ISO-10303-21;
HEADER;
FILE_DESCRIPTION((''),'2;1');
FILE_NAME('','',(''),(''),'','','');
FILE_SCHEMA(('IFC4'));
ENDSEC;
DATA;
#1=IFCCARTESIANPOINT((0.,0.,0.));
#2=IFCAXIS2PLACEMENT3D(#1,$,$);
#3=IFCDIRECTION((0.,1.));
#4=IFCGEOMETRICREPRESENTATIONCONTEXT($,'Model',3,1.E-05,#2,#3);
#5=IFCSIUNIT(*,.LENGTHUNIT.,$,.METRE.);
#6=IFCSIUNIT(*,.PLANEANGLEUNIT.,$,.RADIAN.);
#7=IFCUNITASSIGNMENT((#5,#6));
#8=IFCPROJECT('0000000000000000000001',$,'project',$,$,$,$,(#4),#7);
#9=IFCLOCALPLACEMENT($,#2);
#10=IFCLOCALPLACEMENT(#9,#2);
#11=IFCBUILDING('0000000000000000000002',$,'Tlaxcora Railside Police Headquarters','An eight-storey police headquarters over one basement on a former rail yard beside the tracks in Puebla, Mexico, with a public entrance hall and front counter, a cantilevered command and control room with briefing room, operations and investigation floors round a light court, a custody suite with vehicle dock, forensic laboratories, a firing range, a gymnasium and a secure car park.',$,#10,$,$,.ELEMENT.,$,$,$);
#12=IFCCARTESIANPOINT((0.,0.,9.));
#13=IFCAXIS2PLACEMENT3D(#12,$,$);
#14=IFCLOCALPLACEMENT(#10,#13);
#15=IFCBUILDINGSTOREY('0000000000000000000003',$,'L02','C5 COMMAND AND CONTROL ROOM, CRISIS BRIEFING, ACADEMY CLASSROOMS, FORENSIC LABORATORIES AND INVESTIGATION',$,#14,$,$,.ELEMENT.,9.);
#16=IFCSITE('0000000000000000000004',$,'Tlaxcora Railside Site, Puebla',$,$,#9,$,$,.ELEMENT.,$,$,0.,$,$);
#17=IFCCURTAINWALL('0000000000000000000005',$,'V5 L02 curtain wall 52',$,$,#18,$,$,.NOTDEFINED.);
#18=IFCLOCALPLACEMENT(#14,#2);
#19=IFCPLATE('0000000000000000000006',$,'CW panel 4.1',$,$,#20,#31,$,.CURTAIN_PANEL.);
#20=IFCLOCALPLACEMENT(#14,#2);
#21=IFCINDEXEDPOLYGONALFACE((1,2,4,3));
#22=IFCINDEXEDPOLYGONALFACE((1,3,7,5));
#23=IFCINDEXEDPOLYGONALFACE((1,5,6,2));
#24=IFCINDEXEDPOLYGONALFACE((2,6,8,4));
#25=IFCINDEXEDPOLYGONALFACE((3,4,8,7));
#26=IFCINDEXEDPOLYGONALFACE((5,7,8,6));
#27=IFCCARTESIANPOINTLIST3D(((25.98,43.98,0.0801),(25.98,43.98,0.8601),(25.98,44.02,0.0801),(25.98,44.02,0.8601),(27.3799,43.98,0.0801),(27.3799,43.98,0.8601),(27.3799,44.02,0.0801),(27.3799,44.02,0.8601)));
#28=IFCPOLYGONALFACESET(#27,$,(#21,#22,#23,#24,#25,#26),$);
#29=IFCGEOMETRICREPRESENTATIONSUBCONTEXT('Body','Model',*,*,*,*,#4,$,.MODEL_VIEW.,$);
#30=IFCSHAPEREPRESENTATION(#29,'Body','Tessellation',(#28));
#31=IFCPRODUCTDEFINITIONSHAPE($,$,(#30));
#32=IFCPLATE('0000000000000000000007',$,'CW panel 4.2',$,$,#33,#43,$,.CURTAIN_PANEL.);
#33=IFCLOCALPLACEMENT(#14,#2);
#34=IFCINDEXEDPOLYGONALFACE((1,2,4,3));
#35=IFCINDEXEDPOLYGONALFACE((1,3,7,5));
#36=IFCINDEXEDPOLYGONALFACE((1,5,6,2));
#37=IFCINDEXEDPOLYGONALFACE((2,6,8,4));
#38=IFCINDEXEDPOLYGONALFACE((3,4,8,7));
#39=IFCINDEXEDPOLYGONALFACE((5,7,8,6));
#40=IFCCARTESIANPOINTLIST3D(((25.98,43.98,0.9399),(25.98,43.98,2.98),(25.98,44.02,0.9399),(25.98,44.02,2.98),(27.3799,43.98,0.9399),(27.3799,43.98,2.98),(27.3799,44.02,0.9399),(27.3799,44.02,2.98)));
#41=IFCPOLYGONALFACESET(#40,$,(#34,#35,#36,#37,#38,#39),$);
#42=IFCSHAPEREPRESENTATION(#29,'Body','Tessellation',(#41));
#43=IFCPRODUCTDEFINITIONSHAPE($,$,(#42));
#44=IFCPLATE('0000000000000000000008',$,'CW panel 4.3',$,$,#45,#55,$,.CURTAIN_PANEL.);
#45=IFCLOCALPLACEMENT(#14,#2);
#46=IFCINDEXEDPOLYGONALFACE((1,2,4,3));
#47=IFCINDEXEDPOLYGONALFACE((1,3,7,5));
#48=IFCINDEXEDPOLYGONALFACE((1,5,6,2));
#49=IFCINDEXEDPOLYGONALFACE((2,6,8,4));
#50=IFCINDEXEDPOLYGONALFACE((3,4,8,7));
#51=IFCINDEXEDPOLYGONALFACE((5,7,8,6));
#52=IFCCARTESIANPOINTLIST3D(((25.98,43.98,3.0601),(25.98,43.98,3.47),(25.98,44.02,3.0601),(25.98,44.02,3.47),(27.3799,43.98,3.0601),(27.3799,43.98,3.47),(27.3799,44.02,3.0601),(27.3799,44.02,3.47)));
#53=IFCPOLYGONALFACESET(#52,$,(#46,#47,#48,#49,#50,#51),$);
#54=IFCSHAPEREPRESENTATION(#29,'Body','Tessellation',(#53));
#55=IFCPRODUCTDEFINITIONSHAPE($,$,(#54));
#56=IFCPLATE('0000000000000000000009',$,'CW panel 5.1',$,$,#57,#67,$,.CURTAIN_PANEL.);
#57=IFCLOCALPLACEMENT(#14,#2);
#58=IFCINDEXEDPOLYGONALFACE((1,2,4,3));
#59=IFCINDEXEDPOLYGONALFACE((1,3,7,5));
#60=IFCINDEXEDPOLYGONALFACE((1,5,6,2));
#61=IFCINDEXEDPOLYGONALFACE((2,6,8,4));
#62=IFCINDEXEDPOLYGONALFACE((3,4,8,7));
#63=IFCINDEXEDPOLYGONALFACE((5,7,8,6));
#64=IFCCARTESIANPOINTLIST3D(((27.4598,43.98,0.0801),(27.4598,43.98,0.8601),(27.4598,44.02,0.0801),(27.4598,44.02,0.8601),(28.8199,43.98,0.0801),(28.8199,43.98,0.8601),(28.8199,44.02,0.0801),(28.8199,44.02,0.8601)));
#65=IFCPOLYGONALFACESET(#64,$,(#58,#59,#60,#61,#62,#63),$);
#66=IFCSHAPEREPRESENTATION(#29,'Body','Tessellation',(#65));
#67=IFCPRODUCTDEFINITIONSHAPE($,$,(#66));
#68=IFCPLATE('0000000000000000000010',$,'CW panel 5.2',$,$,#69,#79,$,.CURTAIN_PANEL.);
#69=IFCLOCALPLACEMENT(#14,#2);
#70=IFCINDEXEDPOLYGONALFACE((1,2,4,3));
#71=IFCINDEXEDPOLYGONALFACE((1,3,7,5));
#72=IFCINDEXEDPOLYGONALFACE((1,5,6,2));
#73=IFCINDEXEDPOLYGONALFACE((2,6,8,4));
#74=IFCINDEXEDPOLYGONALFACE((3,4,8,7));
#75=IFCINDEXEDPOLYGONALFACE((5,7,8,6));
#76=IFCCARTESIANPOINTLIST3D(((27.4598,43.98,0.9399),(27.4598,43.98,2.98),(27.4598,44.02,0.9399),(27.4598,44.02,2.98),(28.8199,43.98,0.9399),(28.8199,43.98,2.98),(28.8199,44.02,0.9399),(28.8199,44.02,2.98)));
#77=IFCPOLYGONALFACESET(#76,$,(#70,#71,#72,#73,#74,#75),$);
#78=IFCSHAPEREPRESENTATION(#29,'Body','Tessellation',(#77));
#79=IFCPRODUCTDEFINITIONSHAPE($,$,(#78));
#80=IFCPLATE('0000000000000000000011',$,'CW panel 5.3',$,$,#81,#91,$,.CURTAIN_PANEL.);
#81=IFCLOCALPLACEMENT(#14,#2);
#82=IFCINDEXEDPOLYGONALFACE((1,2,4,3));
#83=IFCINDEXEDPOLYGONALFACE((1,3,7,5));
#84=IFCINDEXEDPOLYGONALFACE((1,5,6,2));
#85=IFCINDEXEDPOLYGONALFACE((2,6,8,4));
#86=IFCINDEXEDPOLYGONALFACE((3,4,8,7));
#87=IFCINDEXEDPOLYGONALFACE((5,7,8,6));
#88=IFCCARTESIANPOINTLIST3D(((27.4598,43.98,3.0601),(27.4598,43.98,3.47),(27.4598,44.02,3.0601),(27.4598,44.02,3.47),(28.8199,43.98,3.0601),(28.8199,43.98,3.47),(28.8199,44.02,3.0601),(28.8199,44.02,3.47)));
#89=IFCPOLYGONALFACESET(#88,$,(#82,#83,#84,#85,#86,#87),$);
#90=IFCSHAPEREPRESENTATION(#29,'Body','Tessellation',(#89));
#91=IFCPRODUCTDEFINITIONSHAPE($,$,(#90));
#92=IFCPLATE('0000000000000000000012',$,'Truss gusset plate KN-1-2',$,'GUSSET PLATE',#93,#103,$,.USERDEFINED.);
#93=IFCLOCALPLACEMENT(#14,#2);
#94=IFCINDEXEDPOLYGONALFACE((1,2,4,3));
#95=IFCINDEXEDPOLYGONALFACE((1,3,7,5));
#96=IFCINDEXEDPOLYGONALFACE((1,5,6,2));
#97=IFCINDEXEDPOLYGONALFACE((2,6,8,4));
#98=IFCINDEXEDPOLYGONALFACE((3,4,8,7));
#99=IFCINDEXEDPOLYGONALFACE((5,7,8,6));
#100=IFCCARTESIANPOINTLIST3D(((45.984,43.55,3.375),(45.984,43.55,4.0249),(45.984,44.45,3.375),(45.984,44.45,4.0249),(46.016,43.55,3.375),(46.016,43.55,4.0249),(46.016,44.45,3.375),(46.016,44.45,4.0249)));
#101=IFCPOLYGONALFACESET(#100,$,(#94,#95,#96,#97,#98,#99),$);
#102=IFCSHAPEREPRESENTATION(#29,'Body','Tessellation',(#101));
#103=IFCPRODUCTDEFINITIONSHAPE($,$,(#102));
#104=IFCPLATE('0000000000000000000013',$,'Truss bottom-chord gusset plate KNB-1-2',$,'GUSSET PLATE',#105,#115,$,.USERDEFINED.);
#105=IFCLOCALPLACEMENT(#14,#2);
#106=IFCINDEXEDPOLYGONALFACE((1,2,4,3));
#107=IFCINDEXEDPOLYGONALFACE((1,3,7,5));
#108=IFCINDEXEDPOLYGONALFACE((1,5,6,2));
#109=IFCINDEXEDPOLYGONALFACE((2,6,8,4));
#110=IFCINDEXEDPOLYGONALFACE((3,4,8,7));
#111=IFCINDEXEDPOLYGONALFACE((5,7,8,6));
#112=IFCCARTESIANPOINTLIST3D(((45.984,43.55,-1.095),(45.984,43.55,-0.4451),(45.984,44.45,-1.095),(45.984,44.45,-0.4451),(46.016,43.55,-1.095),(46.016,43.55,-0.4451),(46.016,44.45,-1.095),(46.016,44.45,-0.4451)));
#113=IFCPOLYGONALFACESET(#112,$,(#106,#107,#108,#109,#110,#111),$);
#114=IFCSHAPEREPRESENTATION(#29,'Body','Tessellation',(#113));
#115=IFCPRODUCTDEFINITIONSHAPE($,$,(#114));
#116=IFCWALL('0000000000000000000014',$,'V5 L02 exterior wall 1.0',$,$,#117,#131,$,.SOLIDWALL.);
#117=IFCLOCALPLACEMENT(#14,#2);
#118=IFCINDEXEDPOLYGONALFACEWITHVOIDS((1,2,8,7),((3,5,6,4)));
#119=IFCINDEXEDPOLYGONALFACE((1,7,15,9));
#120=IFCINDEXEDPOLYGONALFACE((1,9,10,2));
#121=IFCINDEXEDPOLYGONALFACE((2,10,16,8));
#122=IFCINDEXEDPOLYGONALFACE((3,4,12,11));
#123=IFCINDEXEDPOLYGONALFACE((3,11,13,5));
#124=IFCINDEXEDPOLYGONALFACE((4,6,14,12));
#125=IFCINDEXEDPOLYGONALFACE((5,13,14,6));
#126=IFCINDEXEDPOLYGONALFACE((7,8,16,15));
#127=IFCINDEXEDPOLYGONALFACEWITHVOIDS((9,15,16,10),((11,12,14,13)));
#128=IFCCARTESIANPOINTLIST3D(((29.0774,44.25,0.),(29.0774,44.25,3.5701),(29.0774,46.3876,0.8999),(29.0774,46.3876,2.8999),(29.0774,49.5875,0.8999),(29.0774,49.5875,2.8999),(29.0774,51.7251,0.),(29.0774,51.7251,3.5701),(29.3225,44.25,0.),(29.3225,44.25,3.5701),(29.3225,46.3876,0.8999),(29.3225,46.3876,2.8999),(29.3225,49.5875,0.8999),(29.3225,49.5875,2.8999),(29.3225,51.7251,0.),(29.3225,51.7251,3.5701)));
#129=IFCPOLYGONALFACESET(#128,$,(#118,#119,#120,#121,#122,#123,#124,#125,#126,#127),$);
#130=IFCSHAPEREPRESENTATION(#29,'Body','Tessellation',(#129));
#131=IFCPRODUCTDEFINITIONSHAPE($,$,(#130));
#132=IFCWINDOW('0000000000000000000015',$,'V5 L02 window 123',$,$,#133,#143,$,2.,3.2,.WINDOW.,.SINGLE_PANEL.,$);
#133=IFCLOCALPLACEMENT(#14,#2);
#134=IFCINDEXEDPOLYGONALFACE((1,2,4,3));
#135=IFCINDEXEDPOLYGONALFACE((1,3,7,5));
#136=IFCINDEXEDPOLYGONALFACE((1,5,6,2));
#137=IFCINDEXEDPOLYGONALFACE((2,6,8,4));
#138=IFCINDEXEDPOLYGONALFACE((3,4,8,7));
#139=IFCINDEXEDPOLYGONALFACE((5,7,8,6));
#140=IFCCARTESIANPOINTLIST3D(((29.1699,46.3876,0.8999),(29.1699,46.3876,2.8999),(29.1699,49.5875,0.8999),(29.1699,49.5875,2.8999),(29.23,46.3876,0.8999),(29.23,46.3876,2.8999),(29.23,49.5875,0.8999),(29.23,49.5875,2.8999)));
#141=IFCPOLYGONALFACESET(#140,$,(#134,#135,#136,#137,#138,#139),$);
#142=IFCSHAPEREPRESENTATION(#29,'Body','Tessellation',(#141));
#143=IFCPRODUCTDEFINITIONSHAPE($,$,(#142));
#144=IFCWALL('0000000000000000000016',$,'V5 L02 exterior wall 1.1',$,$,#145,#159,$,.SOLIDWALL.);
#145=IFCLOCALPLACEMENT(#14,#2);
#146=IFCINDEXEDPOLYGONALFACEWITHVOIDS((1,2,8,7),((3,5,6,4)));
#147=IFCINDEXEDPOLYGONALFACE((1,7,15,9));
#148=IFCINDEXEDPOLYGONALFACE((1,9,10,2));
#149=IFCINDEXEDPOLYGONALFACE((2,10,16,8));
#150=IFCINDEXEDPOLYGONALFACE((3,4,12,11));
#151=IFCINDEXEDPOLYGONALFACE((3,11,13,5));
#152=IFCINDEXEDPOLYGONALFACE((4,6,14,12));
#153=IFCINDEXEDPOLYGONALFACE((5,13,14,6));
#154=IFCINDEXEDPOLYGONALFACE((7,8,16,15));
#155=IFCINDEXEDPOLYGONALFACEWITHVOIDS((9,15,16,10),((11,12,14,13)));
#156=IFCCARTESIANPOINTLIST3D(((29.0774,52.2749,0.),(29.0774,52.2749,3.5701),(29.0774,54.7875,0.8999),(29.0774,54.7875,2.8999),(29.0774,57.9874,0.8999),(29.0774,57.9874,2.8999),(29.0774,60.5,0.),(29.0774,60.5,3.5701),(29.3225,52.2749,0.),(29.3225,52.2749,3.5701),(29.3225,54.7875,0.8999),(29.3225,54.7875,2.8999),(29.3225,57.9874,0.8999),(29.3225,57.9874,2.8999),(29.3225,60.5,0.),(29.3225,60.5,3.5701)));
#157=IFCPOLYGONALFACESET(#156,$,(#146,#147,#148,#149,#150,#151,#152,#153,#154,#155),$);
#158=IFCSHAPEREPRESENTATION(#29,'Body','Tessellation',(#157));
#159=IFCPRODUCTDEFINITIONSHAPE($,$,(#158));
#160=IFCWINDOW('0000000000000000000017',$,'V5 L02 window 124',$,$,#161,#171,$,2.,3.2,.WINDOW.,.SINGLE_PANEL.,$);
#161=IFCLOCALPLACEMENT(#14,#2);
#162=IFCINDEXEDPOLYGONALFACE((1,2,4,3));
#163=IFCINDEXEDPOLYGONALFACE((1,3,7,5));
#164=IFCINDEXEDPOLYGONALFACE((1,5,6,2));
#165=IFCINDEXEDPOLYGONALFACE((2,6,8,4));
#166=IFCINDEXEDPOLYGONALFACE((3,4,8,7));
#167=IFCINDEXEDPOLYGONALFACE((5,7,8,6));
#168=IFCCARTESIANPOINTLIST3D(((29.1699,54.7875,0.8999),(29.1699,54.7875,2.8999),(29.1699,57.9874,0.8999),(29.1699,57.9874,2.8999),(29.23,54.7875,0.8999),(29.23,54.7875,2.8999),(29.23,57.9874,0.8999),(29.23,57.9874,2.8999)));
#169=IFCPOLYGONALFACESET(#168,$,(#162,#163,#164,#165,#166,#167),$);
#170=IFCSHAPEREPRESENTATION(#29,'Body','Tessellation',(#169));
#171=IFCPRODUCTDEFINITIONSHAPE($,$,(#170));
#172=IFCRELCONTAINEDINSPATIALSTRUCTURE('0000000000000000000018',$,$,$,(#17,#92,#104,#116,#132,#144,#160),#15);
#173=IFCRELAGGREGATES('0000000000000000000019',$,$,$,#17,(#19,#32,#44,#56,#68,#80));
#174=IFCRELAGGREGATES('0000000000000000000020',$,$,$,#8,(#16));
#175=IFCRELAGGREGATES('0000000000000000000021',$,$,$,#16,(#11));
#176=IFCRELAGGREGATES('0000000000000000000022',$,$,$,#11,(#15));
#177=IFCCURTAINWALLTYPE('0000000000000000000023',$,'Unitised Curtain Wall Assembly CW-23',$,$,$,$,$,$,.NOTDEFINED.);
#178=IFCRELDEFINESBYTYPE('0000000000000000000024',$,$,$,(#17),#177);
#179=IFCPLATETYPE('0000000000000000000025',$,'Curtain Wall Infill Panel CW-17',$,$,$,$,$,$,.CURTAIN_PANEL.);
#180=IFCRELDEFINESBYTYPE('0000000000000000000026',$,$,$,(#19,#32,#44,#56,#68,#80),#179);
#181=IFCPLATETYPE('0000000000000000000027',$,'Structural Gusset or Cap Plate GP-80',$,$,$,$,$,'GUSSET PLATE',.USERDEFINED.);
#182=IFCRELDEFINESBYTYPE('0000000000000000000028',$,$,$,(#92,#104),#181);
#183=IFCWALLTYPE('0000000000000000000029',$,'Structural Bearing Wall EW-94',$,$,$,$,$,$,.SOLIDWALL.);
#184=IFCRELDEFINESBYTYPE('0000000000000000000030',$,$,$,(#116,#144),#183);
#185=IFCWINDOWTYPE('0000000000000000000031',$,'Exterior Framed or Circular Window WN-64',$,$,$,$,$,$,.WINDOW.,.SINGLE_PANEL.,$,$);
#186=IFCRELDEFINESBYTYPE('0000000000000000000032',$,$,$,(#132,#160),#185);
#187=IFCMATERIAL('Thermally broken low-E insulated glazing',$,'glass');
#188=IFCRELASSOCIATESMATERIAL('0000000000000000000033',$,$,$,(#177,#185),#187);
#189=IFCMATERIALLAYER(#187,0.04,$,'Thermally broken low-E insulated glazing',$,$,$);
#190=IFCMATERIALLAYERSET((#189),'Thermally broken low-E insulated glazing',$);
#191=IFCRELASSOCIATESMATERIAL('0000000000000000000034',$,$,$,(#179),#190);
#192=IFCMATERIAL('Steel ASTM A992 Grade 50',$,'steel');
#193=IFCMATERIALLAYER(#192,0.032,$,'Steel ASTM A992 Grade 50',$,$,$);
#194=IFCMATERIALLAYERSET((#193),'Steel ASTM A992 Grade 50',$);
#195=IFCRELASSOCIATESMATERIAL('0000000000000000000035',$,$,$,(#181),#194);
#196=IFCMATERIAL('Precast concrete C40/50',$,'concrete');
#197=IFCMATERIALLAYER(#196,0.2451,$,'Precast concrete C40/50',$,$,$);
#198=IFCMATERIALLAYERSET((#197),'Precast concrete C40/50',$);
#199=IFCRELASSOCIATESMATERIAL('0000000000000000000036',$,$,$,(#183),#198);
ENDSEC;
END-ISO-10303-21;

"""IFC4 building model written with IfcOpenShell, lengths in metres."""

from ifc_helpers import new_model, si_unit, direction, frame, frame_2d, origin, origin_2d, place, context, subcontext, project, spatial, rectangle, extrude, material, layer, layer_set, type_object, element, fill, aggregate, save


model = new_model("IFC4")

# Units and contexts
model_context = context("Model", 3, precision=1e-05, world=origin(), true_north=direction((0.0, 1.0)))
body_context = subcontext(model_context, "Body", "Model", "MODEL_VIEW")
ifc_project = project(units=[si_unit("LENGTHUNIT", "METRE"), si_unit("PLANEANGLEUNIT", "RADIAN")], contexts=[model_context])

# Site, building, storey
site_placement = place(None, origin())
site = spatial("IfcSite", under=ifc_project, at=site_placement, Name="Tlaxcora Railside Site, Puebla", CompositionType="ELEMENT", RefElevation=0.0)
building_placement = place(site_placement, origin())
building = spatial("IfcBuilding", under=site, at=building_placement, Name="Tlaxcora Railside Police Headquarters", Description="An eight-storey police headquarters over one basement on a former rail yard beside the tracks in Puebla, Mexico, with a public entrance hall and front counter, a cantilevered command and control room with briefing room, operations and investigation floors round a light court, a custody suite with vehicle dock, forensic laboratories, a firing range, a gymnasium and a secure car park.", CompositionType="ELEMENT")
storey_placement = place(building_placement, frame((0.0, 0.0, 9.0)))
storey = spatial("IfcBuildingStorey", under=building, at=storey_placement, Name="L02", Description="C5 COMMAND AND CONTROL ROOM, CRISIS BRIEFING, ACADEMY CLASSROOMS, FORENSIC LABORATORIES AND INVESTIGATION", CompositionType="ELEMENT", Elevation=9.0)

# Curtain wall
ifc_material_1 = material(Name="Thermally broken low-E insulated glazing", Category="glass")
curtain_wall_type = type_object("IfcCurtainWallType", Name="Unitised Curtain Wall Assembly CW-23", PredefinedType="NOTDEFINED", material=ifc_material_1)
curtain_wall_placement = place(storey_placement, origin())
curtain_wall = element("IfcCurtainWall", 1, at=curtain_wall_placement, inside=storey, type_object=curtain_wall_type, Name="V5 L02 curtain wall 52", PredefinedType="NOTDEFINED")

# Plates
ifc_layer_1 = layer(ifc_material_1, 0.04, Name="Thermally broken low-E insulated glazing")
ifc_layer_set_1 = layer_set([ifc_layer_1], Name="Thermally broken low-E insulated glazing")
plate_type_1 = type_object("IfcPlateType", Name="Curtain Wall Infill Panel CW-17", PredefinedType="CURTAIN_PANEL", material=ifc_layer_set_1)
plate_1_placement = place(storey_placement, frame((26.6799, 44.0, 0.0801), z_axis=(0.0, 0.0, 1.0), x_axis=(1.0, 0.0, 0.0)))
plate_1 = element("IfcPlate", 2, at=plate_1_placement, type_object=plate_type_1, Name="CW panel 4.1", PredefinedType="CURTAIN_PANEL", context=body_context, shape_type="SweptSolid", body=[
    extrude(rectangle(XDim=1.3999, YDim=0.04, at=origin_2d()), origin(), (0.0, 0.0, 1.0), 0.78),
])
plate_2_placement = place(storey_placement, frame((26.6799, 44.0, 0.9399), z_axis=(0.0, 0.0, 1.0), x_axis=(1.0, 0.0, 0.0)))
plate_2 = element("IfcPlate", 3, at=plate_2_placement, type_object=plate_type_1, Name="CW panel 4.2", PredefinedType="CURTAIN_PANEL", context=body_context, shape_type="SweptSolid", body=[
    extrude(rectangle(XDim=1.3999, YDim=0.04, at=origin_2d()), origin(), (0.0, 0.0, 1.0), 2.04),
])
plate_3_placement = place(storey_placement, frame((26.6799, 44.0, 3.0601), z_axis=(0.0, 0.0, 1.0), x_axis=(1.0, 0.0, 0.0)))
plate_3 = element("IfcPlate", 4, at=plate_3_placement, type_object=plate_type_1, Name="CW panel 4.3", PredefinedType="CURTAIN_PANEL", context=body_context, shape_type="SweptSolid", body=[
    extrude(rectangle(XDim=1.3999, YDim=0.04, at=origin_2d()), origin(), (0.0, 0.0, 1.0), 0.4099),
])
plate_4_placement = place(storey_placement, frame((28.1399, 44.0, 0.0801), z_axis=(0.0, 0.0, 1.0), x_axis=(1.0, 0.0, 0.0)))
plate_4 = element("IfcPlate", 5, at=plate_4_placement, type_object=plate_type_1, Name="CW panel 5.1", PredefinedType="CURTAIN_PANEL", context=body_context, shape_type="SweptSolid", body=[
    extrude(rectangle(XDim=1.3601, YDim=0.04, at=origin_2d()), origin(), (0.0, 0.0, 1.0), 0.78),
])
plate_5_placement = place(storey_placement, frame((28.1399, 44.0, 0.9399), z_axis=(0.0, 0.0, 1.0), x_axis=(1.0, 0.0, 0.0)))
plate_5 = element("IfcPlate", 6, at=plate_5_placement, type_object=plate_type_1, Name="CW panel 5.2", PredefinedType="CURTAIN_PANEL", context=body_context, shape_type="SweptSolid", body=[
    extrude(rectangle(XDim=1.3601, YDim=0.04, at=origin_2d()), origin(), (0.0, 0.0, 1.0), 2.04),
])
plate_6_placement = place(storey_placement, frame((28.1399, 44.0, 3.0601), z_axis=(0.0, 0.0, 1.0), x_axis=(1.0, 0.0, 0.0)))
plate_6 = element("IfcPlate", 7, at=plate_6_placement, type_object=plate_type_1, Name="CW panel 5.3", PredefinedType="CURTAIN_PANEL", context=body_context, shape_type="SweptSolid", body=[
    extrude(rectangle(XDim=1.3601, YDim=0.04, at=origin_2d()), origin(), (0.0, 0.0, 1.0), 0.4099),
])
aggregate(curtain_wall, [plate_1, plate_2, plate_3, plate_4, plate_5, plate_6])

# Plates
ifc_material_2 = material(Name="Steel ASTM A992 Grade 50", Category="steel")
ifc_layer_2 = layer(ifc_material_2, 0.032, Name="Steel ASTM A992 Grade 50")
ifc_layer_set_2 = layer_set([ifc_layer_2], Name="Steel ASTM A992 Grade 50")
plate_type_2 = type_object("IfcPlateType", Name="Structural Gusset or Cap Plate GP-80", ElementType="GUSSET PLATE", PredefinedType="USERDEFINED", material=ifc_layer_set_2)
for number, where, z_axis, x_axis, name in (
    (8, (46.0, 44.0, 3.375), (0.0, 0.0, 1.0), (0.0, 1.0, 0.0), "Truss gusset plate KN-1-2"),
    (9, (46.0, 44.0, -1.095), (0.0, 0.0, 1.0), (0.0, 1.0, 0.0), "Truss bottom-chord gusset plate KNB-1-2"),
):
    element("IfcPlate", number, at=place(storey_placement, frame(where, z_axis=z_axis, x_axis=x_axis)), inside=storey, type_object=plate_type_2, Name=name, ObjectType="GUSSET PLATE", PredefinedType="USERDEFINED", context=body_context, shape_type="SweptSolid", body=[
        extrude(rectangle(XDim=0.8999, YDim=0.032, at=origin_2d()), origin(), (0.0, 0.0, 1.0), 0.6499),
    ])

# Walls, openings, windows
ifc_material_3 = material(Name="Precast concrete C40/50", Category="concrete")
ifc_layer_3 = layer(ifc_material_3, 0.2451, Name="Precast concrete C40/50")
ifc_layer_set_3 = layer_set([ifc_layer_3], Name="Precast concrete C40/50")
wall_type = type_object("IfcWallType", Name="Structural Bearing Wall EW-94", PredefinedType="SOLIDWALL", material=ifc_layer_set_3)
wall_1_placement = place(storey_placement, frame((29.2, 44.25, 0.0), z_axis=(0.0, 0.0, 1.0), x_axis=(0.0, 1.0, 0.0)))
wall_1 = element("IfcWall", 10, at=wall_1_placement, inside=storey, type_object=wall_type, Name="V5 L02 exterior wall 1.0", PredefinedType="SOLIDWALL", context=body_context, shape_type="SweptSolid", body=[
    extrude(rectangle(XDim=7.4751, YDim=0.2451, at=frame_2d((3.7375, 0.0))), origin(), (0.0, 0.0, 1.0), 3.5701),
])
opening_1_placement = place(wall_1_placement, frame((2.1375, 0.0, 0.8999)))
opening_1 = element("IfcOpeningElement", 11, at=opening_1_placement, cuts=wall_1, PredefinedType="OPENING", context=body_context, shape_type="SweptSolid", body=[
    extrude(rectangle(XDim=3.2, YDim=2.0, at=frame_2d((1.6001, 1.0))), frame((0.0, 0.1326, 0.0), z_axis=(0.0, -1.0, 0.0), x_axis=(1.0, 0.0, 0.0)), (0.0, 0.0, 1.0), 0.2651),
])
window_type = type_object("IfcWindowType", Name="Exterior Framed or Circular Window WN-64", PartitioningType="SINGLE_PANEL", PredefinedType="WINDOW", material=ifc_material_1)
window_1_placement = place(opening_1_placement, origin())
window_1 = element("IfcWindow", 12, at=window_1_placement, inside=storey, type_object=window_type, Name="V5 L02 window 123", OverallHeight=2.0, OverallWidth=3.2, PartitioningType="SINGLE_PANEL", PredefinedType="WINDOW", context=body_context, shape_type="SweptSolid", body=[
    extrude(rectangle(XDim=3.2, YDim=2.0, at=frame_2d((1.6001, 1.0))), frame((0.0, 0.03, 0.0), z_axis=(0.0, -1.0, 0.0), x_axis=(1.0, 0.0, 0.0)), (0.0, 0.0, 1.0), 0.0601),
])
fill(opening_1, window_1)
wall_2_placement = place(storey_placement, frame((29.2, 52.2749, 0.0), z_axis=(0.0, 0.0, 1.0), x_axis=(0.0, 1.0, 0.0)))
wall_2 = element("IfcWall", 13, at=wall_2_placement, inside=storey, type_object=wall_type, Name="V5 L02 exterior wall 1.1", PredefinedType="SOLIDWALL", context=body_context, shape_type="SweptSolid", body=[
    extrude(rectangle(XDim=8.2251, YDim=0.2451, at=frame_2d((4.1125, 0.0))), origin(), (0.0, 0.0, 1.0), 3.5701),
])
opening_2_placement = place(wall_2_placement, frame((2.5125, 0.0, 0.8999)))
opening_2 = element("IfcOpeningElement", 14, at=opening_2_placement, cuts=wall_2, PredefinedType="OPENING", context=body_context, shape_type="SweptSolid", body=[
    extrude(rectangle(XDim=3.2, YDim=2.0, at=frame_2d((1.6001, 1.0))), frame((0.0, 0.1326, 0.0), z_axis=(0.0, -1.0, 0.0), x_axis=(1.0, 0.0, 0.0)), (0.0, 0.0, 1.0), 0.2651),
])
window_2_placement = place(opening_2_placement, origin())
window_2 = element("IfcWindow", 15, at=window_2_placement, inside=storey, type_object=window_type, Name="V5 L02 window 124", OverallHeight=2.0, OverallWidth=3.2, PartitioningType="SINGLE_PANEL", PredefinedType="WINDOW", context=body_context, shape_type="SweptSolid", body=[
    extrude(rectangle(XDim=3.2, YDim=2.0, at=frame_2d((1.6001, 1.0))), frame((0.0, 0.03, 0.0), z_axis=(0.0, -1.0, 0.0), x_axis=(1.0, 0.0, 0.0)), (0.0, 0.0, 1.0), 0.0601),
])
fill(opening_2, window_2)

save(model, "model.ifc")
